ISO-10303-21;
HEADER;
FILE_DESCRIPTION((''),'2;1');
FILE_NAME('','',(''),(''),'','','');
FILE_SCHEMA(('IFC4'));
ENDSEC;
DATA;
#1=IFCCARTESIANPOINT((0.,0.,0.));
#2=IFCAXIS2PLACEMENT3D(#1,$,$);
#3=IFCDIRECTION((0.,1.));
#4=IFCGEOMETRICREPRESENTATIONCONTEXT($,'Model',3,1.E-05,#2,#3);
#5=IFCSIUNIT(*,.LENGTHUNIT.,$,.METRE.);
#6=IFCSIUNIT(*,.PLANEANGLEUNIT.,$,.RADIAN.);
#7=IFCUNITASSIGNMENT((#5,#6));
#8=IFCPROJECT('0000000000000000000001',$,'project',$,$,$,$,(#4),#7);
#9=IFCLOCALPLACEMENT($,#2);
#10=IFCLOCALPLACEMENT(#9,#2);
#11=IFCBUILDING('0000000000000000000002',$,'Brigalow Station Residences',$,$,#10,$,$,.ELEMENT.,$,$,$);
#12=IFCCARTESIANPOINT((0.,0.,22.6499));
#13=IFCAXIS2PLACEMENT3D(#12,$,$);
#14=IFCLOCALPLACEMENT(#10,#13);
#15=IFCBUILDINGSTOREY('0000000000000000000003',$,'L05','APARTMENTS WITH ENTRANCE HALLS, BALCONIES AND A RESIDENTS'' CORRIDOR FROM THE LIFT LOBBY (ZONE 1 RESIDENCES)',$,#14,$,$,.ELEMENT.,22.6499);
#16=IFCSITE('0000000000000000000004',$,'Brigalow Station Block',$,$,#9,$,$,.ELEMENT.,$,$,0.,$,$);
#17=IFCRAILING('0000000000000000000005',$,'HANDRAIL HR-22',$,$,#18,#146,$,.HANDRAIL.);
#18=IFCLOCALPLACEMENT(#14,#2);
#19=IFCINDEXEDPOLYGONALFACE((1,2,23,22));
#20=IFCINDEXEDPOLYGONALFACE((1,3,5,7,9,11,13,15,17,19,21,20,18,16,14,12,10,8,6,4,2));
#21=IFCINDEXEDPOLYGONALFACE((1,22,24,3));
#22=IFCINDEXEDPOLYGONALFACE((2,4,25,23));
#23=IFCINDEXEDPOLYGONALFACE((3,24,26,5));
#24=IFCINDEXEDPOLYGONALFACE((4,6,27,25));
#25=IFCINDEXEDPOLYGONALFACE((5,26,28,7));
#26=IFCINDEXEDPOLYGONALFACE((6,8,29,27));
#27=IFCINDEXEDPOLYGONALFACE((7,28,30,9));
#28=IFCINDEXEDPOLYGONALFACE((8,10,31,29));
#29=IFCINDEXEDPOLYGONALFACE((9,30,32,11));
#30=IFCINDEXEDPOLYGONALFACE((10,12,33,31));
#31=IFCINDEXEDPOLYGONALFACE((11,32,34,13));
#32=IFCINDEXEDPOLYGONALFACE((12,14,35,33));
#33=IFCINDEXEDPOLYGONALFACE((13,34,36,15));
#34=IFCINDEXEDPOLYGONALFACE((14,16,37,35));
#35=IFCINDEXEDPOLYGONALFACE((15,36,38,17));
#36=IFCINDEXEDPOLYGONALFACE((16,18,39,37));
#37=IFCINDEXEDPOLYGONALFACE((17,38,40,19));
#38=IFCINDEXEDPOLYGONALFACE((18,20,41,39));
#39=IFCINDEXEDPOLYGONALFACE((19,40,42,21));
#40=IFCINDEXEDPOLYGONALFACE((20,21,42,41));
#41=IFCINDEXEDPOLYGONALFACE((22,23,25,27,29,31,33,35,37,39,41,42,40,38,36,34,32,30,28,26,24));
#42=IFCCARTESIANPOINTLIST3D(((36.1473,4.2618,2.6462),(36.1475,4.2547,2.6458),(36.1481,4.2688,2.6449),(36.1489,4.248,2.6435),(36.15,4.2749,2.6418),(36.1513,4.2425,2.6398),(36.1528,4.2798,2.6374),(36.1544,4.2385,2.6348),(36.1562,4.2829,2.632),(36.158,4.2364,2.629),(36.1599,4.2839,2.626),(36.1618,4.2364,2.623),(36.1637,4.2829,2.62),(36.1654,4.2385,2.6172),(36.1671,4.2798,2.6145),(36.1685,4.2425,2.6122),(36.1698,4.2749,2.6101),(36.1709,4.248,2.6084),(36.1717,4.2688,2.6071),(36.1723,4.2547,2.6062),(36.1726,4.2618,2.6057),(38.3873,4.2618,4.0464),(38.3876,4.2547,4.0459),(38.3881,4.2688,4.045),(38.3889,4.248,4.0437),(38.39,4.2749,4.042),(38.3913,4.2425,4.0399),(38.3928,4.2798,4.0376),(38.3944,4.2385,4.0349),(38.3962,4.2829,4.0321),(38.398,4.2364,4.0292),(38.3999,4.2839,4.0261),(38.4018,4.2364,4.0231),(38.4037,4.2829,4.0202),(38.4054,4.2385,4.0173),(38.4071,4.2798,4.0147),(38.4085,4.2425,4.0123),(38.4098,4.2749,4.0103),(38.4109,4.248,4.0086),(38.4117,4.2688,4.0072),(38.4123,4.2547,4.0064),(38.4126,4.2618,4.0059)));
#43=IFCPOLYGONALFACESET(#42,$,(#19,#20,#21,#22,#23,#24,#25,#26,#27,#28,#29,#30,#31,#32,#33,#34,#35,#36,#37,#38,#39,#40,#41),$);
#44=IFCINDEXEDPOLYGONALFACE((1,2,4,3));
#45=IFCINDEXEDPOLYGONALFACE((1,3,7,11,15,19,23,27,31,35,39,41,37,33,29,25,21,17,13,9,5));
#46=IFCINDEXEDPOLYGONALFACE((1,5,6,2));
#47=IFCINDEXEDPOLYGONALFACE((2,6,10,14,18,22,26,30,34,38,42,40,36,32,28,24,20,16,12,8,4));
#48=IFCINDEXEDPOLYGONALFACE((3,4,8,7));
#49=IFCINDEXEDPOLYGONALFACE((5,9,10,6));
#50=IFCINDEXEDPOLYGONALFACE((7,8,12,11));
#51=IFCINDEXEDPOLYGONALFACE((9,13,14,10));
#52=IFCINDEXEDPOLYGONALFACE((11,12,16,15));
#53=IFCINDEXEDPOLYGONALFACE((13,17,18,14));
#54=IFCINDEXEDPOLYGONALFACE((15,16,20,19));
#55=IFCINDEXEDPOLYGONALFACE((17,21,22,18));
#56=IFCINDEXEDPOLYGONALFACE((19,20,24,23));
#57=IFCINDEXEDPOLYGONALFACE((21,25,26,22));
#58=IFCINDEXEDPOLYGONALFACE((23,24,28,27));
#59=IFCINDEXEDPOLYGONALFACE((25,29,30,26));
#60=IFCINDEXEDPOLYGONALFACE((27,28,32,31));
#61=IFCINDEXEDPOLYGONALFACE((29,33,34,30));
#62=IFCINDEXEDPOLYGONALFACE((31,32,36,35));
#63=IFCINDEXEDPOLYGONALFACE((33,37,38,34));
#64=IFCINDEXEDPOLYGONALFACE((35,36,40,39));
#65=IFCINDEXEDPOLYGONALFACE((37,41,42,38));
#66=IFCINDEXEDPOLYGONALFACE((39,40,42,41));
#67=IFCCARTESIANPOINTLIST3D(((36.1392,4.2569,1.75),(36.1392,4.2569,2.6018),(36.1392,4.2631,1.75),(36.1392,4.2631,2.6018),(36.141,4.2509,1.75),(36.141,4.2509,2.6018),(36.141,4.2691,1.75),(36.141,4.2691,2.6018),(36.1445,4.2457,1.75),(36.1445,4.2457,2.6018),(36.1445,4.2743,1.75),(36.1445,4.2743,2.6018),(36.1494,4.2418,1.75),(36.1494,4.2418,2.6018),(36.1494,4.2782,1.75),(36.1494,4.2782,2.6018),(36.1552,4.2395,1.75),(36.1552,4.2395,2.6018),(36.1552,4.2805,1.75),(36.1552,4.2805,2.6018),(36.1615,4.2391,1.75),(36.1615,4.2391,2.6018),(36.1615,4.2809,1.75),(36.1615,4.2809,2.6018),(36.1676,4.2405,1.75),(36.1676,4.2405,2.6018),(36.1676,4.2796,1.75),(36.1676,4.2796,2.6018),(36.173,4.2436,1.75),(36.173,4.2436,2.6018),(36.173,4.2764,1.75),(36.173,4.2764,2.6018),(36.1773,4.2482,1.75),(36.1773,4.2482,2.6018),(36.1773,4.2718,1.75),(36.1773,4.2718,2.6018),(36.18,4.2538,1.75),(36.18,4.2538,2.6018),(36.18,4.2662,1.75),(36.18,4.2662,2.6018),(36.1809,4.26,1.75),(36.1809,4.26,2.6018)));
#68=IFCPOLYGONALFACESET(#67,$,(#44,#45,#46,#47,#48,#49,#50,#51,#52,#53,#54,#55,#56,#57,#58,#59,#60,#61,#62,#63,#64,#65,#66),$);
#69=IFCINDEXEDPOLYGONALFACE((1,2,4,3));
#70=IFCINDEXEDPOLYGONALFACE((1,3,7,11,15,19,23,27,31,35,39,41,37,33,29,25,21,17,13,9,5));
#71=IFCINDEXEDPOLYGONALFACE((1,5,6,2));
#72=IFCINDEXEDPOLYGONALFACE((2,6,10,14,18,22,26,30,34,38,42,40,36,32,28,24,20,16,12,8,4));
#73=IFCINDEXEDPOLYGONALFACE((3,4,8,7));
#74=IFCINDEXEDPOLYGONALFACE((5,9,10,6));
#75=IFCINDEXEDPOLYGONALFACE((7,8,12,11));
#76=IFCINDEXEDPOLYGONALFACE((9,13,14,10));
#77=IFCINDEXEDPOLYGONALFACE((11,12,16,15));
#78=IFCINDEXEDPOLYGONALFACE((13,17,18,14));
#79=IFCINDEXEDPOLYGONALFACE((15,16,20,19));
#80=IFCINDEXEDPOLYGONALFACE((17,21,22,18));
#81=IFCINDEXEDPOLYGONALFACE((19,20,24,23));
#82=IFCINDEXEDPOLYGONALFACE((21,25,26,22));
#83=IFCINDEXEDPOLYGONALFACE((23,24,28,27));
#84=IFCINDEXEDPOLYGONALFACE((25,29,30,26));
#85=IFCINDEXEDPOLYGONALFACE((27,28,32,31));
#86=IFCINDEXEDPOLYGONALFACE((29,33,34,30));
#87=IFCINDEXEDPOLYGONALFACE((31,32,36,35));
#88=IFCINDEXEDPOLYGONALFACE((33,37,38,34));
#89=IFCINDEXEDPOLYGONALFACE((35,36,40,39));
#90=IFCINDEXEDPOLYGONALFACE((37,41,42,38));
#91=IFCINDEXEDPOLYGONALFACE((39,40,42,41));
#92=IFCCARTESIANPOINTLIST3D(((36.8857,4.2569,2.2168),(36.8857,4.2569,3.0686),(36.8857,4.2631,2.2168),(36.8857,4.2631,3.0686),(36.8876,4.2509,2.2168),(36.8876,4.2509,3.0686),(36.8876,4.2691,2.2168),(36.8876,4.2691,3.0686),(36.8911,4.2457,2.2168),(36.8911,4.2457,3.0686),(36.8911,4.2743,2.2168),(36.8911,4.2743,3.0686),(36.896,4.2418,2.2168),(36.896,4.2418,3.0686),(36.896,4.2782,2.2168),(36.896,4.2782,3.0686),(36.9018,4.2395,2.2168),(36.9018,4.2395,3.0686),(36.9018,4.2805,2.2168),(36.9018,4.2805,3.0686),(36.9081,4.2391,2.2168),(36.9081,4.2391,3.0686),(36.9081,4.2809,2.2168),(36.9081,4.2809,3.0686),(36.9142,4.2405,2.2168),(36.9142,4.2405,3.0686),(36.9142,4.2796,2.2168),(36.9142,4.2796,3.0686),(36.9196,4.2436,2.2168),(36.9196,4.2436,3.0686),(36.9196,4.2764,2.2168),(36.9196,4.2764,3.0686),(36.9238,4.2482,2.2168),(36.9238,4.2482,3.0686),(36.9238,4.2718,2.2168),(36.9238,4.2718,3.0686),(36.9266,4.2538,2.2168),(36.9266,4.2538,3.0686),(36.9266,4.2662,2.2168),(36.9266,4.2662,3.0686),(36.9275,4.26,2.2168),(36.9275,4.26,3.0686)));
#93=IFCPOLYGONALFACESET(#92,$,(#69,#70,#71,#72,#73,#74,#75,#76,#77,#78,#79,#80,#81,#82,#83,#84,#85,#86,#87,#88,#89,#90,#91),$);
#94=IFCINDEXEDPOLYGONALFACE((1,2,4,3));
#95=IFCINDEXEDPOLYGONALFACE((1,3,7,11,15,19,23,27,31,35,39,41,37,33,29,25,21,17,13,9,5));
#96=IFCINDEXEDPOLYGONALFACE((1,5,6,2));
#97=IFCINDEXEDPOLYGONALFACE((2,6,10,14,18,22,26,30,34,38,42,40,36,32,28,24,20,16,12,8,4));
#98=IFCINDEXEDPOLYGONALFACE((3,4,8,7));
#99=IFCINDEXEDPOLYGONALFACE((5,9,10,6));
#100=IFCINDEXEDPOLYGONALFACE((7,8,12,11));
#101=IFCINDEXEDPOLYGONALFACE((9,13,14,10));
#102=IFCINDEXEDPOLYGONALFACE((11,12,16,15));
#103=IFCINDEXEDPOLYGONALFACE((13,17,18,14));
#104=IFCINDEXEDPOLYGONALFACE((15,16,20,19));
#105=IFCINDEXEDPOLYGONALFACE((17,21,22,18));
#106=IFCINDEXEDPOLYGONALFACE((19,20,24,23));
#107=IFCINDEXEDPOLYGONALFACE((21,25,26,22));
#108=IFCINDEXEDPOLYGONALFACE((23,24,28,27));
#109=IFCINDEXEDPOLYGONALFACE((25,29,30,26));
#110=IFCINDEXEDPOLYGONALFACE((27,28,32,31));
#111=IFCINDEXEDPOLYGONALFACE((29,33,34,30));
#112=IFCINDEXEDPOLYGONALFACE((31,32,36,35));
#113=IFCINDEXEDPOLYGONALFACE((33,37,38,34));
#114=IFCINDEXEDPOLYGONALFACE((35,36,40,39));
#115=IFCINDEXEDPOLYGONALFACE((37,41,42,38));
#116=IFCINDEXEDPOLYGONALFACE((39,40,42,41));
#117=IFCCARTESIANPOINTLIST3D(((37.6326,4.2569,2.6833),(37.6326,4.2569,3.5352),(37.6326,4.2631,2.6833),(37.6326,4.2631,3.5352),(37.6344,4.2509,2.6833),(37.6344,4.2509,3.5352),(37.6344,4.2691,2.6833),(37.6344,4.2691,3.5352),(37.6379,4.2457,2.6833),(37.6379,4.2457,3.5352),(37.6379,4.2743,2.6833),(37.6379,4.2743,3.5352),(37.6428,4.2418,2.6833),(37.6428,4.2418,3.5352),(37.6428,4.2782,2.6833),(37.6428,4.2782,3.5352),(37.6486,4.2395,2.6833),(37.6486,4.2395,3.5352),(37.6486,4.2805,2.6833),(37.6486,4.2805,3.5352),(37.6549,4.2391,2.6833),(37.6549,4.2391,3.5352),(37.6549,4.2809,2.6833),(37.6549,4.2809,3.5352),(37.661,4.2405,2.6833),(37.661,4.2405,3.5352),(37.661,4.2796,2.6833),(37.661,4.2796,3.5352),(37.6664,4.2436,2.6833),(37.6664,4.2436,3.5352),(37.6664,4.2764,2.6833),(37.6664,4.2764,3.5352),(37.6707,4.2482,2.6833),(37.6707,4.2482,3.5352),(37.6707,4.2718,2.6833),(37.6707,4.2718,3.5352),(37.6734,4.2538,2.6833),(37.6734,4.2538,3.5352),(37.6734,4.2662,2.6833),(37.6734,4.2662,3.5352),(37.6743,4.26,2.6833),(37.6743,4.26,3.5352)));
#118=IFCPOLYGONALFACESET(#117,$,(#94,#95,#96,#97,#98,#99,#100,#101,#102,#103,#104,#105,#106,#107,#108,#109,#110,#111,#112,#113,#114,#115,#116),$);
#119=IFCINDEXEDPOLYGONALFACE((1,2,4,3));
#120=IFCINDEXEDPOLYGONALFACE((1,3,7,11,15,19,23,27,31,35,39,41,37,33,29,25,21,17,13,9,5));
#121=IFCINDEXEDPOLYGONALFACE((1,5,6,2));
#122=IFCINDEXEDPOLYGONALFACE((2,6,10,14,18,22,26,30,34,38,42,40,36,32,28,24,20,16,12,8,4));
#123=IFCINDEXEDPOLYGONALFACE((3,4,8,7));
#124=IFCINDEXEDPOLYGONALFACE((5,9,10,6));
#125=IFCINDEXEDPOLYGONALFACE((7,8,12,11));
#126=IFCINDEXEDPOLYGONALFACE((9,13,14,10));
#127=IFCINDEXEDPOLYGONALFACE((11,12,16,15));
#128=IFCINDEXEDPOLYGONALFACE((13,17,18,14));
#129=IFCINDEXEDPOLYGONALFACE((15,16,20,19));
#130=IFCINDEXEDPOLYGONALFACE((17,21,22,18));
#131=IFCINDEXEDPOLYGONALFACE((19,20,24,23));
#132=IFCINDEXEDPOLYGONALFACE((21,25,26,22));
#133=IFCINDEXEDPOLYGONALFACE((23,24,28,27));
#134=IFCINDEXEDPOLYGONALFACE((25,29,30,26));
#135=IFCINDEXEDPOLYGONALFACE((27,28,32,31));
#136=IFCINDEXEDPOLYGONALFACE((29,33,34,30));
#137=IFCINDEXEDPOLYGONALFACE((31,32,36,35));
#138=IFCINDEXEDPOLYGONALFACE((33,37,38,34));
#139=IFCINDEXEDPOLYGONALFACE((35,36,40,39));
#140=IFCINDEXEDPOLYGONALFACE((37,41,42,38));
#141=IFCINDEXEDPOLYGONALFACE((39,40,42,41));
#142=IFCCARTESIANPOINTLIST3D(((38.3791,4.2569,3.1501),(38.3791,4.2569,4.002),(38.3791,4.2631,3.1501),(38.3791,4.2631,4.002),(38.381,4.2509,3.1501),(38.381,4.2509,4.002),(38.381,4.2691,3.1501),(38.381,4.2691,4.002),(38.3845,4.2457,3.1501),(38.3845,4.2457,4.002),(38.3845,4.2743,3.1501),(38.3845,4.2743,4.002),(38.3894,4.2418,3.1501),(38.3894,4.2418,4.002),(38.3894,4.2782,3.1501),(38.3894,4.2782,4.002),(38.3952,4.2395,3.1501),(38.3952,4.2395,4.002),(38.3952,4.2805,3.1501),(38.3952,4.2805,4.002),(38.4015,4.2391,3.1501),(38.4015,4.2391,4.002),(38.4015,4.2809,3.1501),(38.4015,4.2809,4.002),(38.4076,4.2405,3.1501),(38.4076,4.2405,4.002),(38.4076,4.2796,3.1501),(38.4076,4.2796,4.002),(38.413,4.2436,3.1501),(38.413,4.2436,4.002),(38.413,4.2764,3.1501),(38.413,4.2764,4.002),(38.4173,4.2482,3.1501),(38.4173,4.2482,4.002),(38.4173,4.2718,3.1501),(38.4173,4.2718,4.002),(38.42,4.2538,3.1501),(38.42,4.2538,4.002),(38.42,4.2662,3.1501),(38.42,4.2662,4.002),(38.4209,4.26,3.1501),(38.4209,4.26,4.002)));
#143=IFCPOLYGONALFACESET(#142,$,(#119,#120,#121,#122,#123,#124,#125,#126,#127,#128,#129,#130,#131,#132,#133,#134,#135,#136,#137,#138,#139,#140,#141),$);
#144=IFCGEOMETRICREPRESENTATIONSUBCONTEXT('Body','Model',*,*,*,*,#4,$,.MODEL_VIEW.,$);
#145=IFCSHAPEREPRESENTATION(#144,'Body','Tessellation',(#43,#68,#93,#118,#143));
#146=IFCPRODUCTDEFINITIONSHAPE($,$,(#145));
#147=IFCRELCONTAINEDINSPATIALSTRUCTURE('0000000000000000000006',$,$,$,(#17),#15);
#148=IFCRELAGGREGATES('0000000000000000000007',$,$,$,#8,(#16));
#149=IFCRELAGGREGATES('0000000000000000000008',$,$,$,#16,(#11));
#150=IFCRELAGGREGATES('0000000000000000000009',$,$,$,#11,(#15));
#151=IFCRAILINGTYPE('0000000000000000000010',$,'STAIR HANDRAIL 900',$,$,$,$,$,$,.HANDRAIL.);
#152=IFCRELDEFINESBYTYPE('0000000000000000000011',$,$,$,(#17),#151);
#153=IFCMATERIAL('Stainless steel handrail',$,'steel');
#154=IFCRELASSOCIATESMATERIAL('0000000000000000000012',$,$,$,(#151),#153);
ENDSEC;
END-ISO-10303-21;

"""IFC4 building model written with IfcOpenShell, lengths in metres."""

from ifc_helpers import new_model, si_unit, direction, frame, origin, origin_2d, place, context, subcontext, project, spatial, circle, extrude, material, type_object, element, save


model = new_model("IFC4")

# Units and contexts
model_context = context("Model", 3, precision=1e-05, world=origin(), true_north=direction((0.0, 1.0)))
body_context = subcontext(model_context, "Body", "Model", "MODEL_VIEW")
ifc_project = project(units=[si_unit("LENGTHUNIT", "METRE"), si_unit("PLANEANGLEUNIT", "RADIAN")], contexts=[model_context])

# Site, building, storey
site_placement = place(None, origin())
site = spatial("IfcSite", under=ifc_project, at=site_placement, Name="Brigalow Station Block", CompositionType="ELEMENT", RefElevation=0.0)
building_placement = place(site_placement, origin())
building = spatial("IfcBuilding", under=site, at=building_placement, Name="Brigalow Station Residences", CompositionType="ELEMENT")
storey_placement = place(building_placement, frame((0.0, 0.0, 22.6499)))
storey = spatial("IfcBuildingStorey", under=building, at=storey_placement, Name="L05", Description="APARTMENTS WITH ENTRANCE HALLS, BALCONIES AND A RESIDENTS' CORRIDOR FROM THE LIFT LOBBY (ZONE 1 RESIDENCES)", CompositionType="ELEMENT", Elevation=22.6499)

# Railing
ifc_material_1 = material(Name="Stainless steel handrail", Category="steel")
railing_type_1 = type_object("IfcRailingType", Name="STAIR HANDRAIL 900", PredefinedType="HANDRAIL", material=ifc_material_1)
railing_1_placement = place(storey_placement, frame((36.1599, 4.26, 1.75)))
element("IfcRailing", 1, at=railing_1_placement, inside=storey, type_object=railing_type_1, Name="HANDRAIL HR-22", PredefinedType="HANDRAIL", context=body_context, shape_type="SweptSolid", body=[
    extrude(circle(Radius=0.0239, at=origin_2d()), frame((0.0, 0.0, 0.876), z_axis=(0.847972, 0.0, 0.53004), x_axis=(0.0, 1.0, 0.0)), (0.0, 0.0, 1.0), 2.6416),
    extrude(circle(Radius=0.021, at=origin_2d()), origin(), (0.0, 0.0, 1.0), 0.8518),
    extrude(circle(Radius=0.021, at=origin_2d()), frame((0.7466, 0.0, 0.4668)), (0.0, 0.0, 1.0), 0.8518),
    extrude(circle(Radius=0.021, at=origin_2d()), frame((1.4934, 0.0, 0.9333)), (0.0, 0.0, 1.0), 0.8518),
    extrude(circle(Radius=0.021, at=origin_2d()), frame((2.24, 0.0, 1.4001)), (0.0, 0.0, 1.0), 0.8518),
])

save(model, "model.ifc")
